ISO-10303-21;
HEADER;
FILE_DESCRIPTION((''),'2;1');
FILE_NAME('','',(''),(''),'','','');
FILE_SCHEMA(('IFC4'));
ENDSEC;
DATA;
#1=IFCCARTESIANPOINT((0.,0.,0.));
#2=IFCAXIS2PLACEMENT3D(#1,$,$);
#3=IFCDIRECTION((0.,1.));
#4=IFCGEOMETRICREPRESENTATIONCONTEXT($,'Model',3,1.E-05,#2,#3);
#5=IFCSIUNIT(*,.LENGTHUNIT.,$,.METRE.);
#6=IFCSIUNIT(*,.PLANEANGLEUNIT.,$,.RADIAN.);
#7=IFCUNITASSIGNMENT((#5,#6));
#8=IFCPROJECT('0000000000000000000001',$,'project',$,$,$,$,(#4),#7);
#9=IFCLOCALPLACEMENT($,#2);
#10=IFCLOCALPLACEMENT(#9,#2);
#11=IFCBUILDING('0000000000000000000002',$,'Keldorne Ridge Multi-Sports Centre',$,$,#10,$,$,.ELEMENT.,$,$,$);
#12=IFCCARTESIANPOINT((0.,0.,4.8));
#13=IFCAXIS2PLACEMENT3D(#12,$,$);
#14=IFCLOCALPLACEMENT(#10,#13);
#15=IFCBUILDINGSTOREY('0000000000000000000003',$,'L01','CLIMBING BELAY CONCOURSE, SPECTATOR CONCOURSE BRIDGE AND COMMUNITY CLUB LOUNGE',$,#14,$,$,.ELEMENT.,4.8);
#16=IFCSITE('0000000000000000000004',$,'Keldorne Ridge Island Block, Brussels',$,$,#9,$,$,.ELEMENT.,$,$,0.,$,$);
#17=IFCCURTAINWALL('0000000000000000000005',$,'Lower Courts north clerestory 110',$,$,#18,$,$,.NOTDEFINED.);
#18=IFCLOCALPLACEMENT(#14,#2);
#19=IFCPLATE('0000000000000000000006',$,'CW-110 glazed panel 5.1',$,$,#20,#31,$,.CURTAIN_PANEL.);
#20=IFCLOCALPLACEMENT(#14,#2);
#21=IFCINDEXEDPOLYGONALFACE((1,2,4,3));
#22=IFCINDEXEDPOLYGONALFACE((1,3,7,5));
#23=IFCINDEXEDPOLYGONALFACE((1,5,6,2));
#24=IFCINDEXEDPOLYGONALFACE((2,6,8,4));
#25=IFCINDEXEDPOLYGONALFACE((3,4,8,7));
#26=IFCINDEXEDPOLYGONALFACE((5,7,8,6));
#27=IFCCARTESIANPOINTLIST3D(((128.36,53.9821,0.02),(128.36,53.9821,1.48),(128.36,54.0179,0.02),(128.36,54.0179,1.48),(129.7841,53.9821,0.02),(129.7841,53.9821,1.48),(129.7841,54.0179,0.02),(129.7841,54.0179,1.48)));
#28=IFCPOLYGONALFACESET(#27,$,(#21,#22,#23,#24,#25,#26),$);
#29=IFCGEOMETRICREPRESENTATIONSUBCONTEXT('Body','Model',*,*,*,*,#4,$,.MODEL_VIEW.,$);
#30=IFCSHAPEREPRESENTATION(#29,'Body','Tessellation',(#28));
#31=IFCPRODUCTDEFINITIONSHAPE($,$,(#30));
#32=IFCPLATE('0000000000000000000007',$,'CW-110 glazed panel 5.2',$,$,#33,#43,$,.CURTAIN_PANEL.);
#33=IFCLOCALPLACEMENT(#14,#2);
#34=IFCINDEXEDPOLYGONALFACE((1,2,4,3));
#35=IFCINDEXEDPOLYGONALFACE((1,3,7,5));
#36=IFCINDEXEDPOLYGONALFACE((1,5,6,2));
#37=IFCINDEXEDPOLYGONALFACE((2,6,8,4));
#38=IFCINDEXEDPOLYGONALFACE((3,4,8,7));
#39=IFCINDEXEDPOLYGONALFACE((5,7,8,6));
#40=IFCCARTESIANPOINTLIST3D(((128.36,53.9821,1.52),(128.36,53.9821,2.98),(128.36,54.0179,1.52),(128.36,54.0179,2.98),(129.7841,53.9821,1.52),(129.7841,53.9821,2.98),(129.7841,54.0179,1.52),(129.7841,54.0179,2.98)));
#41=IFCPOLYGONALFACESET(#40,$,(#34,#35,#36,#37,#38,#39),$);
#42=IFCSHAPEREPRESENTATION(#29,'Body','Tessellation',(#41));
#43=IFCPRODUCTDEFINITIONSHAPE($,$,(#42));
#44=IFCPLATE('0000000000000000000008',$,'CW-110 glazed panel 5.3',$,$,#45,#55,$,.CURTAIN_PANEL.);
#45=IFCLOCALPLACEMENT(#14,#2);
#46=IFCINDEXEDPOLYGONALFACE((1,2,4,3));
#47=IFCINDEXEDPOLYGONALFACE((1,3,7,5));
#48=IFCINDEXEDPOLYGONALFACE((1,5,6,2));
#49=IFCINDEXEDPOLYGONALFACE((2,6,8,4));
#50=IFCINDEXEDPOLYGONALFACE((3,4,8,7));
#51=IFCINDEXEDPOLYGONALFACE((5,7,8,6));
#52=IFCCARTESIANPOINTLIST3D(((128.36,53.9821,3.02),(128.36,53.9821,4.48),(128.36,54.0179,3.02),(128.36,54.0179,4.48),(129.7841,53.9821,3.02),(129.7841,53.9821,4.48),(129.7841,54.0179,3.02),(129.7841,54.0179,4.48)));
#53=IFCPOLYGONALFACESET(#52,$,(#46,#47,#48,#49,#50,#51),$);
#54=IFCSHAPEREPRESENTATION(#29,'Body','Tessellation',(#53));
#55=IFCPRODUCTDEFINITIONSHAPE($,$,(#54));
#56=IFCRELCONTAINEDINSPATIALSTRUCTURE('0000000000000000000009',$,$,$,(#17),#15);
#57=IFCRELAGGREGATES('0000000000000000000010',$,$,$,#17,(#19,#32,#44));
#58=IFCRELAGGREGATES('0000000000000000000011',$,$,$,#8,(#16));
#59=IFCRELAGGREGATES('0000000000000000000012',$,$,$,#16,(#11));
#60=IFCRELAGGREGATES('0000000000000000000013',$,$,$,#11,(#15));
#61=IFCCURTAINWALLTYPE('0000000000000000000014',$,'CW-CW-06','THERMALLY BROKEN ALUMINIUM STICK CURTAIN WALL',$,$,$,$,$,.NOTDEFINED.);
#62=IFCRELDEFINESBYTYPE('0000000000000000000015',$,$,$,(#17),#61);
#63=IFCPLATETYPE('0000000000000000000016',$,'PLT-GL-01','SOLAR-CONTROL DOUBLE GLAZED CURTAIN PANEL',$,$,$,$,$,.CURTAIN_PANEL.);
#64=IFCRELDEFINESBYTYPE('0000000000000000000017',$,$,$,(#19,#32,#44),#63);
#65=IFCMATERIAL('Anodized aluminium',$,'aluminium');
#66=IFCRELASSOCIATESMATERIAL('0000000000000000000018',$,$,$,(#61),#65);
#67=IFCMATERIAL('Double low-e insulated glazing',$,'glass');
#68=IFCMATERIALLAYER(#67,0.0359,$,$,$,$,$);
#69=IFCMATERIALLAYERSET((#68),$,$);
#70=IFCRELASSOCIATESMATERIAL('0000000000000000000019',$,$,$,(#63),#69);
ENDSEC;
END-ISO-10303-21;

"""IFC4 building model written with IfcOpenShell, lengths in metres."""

from ifc_helpers import new_model, si_unit, direction, frame, origin, origin_2d, place, context, subcontext, project, spatial, rectangle, extrude, material, layer, layer_set, type_object, element, aggregate, save


model = new_model("IFC4")

# Units and contexts
model_context = context("Model", 3, precision=1e-05, world=origin(), true_north=direction((0.0, 1.0)))
body_context = subcontext(model_context, "Body", "Model", "MODEL_VIEW")
ifc_project = project(units=[si_unit("LENGTHUNIT", "METRE"), si_unit("PLANEANGLEUNIT", "RADIAN")], contexts=[model_context])

# Site, building, storey
site_placement = place(None, origin())
site = spatial("IfcSite", under=ifc_project, at=site_placement, Name="Keldorne Ridge Island Block, Brussels", CompositionType="ELEMENT", RefElevation=0.0)
building_placement = place(site_placement, origin())
building = spatial("IfcBuilding", under=site, at=building_placement, Name="Keldorne Ridge Multi-Sports Centre", CompositionType="ELEMENT")
storey_placement = place(building_placement, frame((0.0, 0.0, 4.8)))
storey = spatial("IfcBuildingStorey", under=building, at=storey_placement, Name="L01", Description="CLIMBING BELAY CONCOURSE, SPECTATOR CONCOURSE BRIDGE AND COMMUNITY CLUB LOUNGE", CompositionType="ELEMENT", Elevation=4.8)

# Shared definitions
ifc_material_1 = material(Name="Anodized aluminium", Category="aluminium")

# Curtain wall
curtain_wall_type_1 = type_object("IfcCurtainWallType", Name="CW-CW-06", Description="THERMALLY BROKEN ALUMINIUM STICK CURTAIN WALL", PredefinedType="NOTDEFINED", material=ifc_material_1)
curtain_wall_1_placement = place(storey_placement, origin())
curtain_wall_1 = element("IfcCurtainWall", 1, at=curtain_wall_1_placement, inside=storey, type_object=curtain_wall_type_1, Name="Lower Courts north clerestory 110", PredefinedType="NOTDEFINED")

# Plates
ifc_material_2 = material(Name="Double low-e insulated glazing", Category="glass")
ifc_layer = layer(ifc_material_2, 0.0359)
ifc_layer_set = layer_set([ifc_layer])
plate_type = type_object("IfcPlateType", Name="PLT-GL-01", Description="SOLAR-CONTROL DOUBLE GLAZED CURTAIN PANEL", PredefinedType="CURTAIN_PANEL", material=ifc_layer_set)
plate_1_placement = place(storey_placement, frame((129.072, 54.0, 0.02), z_axis=(0.0, 0.0, 1.0), x_axis=(-1.0, 0.0, 0.0)))
plate_1 = element("IfcPlate", 2, at=plate_1_placement, type_object=plate_type, Name="CW-110 glazed panel 5.1", PredefinedType="CURTAIN_PANEL", context=body_context, shape_type="SweptSolid", body=[
    extrude(rectangle(XDim=1.4241, YDim=0.0359, at=origin_2d()), origin(), (0.0, 0.0, 1.0), 1.46),
])
plate_2_placement = place(storey_placement, frame((129.072, 54.0, 1.52), z_axis=(0.0, 0.0, 1.0), x_axis=(-1.0, 0.0, 0.0)))
plate_2 = element("IfcPlate", 3, at=plate_2_placement, type_object=plate_type, Name="CW-110 glazed panel 5.2", PredefinedType="CURTAIN_PANEL", context=body_context, shape_type="SweptSolid", body=[
    extrude(rectangle(XDim=1.4241, YDim=0.0359, at=origin_2d()), origin(), (0.0, 0.0, 1.0), 1.46),
])
plate_3_placement = place(storey_placement, frame((129.072, 54.0, 3.02), z_axis=(0.0, 0.0, 1.0), x_axis=(-1.0, 0.0, 0.0)))
plate_3 = element("IfcPlate", 4, at=plate_3_placement, type_object=plate_type, Name="CW-110 glazed panel 5.3", PredefinedType="CURTAIN_PANEL", context=body_context, shape_type="SweptSolid", body=[
    extrude(rectangle(XDim=1.4241, YDim=0.0359, at=origin_2d()), origin(), (0.0, 0.0, 1.0), 1.46),
])
aggregate(curtain_wall_1, [plate_1, plate_2, plate_3])

save(model, "model.ifc")
